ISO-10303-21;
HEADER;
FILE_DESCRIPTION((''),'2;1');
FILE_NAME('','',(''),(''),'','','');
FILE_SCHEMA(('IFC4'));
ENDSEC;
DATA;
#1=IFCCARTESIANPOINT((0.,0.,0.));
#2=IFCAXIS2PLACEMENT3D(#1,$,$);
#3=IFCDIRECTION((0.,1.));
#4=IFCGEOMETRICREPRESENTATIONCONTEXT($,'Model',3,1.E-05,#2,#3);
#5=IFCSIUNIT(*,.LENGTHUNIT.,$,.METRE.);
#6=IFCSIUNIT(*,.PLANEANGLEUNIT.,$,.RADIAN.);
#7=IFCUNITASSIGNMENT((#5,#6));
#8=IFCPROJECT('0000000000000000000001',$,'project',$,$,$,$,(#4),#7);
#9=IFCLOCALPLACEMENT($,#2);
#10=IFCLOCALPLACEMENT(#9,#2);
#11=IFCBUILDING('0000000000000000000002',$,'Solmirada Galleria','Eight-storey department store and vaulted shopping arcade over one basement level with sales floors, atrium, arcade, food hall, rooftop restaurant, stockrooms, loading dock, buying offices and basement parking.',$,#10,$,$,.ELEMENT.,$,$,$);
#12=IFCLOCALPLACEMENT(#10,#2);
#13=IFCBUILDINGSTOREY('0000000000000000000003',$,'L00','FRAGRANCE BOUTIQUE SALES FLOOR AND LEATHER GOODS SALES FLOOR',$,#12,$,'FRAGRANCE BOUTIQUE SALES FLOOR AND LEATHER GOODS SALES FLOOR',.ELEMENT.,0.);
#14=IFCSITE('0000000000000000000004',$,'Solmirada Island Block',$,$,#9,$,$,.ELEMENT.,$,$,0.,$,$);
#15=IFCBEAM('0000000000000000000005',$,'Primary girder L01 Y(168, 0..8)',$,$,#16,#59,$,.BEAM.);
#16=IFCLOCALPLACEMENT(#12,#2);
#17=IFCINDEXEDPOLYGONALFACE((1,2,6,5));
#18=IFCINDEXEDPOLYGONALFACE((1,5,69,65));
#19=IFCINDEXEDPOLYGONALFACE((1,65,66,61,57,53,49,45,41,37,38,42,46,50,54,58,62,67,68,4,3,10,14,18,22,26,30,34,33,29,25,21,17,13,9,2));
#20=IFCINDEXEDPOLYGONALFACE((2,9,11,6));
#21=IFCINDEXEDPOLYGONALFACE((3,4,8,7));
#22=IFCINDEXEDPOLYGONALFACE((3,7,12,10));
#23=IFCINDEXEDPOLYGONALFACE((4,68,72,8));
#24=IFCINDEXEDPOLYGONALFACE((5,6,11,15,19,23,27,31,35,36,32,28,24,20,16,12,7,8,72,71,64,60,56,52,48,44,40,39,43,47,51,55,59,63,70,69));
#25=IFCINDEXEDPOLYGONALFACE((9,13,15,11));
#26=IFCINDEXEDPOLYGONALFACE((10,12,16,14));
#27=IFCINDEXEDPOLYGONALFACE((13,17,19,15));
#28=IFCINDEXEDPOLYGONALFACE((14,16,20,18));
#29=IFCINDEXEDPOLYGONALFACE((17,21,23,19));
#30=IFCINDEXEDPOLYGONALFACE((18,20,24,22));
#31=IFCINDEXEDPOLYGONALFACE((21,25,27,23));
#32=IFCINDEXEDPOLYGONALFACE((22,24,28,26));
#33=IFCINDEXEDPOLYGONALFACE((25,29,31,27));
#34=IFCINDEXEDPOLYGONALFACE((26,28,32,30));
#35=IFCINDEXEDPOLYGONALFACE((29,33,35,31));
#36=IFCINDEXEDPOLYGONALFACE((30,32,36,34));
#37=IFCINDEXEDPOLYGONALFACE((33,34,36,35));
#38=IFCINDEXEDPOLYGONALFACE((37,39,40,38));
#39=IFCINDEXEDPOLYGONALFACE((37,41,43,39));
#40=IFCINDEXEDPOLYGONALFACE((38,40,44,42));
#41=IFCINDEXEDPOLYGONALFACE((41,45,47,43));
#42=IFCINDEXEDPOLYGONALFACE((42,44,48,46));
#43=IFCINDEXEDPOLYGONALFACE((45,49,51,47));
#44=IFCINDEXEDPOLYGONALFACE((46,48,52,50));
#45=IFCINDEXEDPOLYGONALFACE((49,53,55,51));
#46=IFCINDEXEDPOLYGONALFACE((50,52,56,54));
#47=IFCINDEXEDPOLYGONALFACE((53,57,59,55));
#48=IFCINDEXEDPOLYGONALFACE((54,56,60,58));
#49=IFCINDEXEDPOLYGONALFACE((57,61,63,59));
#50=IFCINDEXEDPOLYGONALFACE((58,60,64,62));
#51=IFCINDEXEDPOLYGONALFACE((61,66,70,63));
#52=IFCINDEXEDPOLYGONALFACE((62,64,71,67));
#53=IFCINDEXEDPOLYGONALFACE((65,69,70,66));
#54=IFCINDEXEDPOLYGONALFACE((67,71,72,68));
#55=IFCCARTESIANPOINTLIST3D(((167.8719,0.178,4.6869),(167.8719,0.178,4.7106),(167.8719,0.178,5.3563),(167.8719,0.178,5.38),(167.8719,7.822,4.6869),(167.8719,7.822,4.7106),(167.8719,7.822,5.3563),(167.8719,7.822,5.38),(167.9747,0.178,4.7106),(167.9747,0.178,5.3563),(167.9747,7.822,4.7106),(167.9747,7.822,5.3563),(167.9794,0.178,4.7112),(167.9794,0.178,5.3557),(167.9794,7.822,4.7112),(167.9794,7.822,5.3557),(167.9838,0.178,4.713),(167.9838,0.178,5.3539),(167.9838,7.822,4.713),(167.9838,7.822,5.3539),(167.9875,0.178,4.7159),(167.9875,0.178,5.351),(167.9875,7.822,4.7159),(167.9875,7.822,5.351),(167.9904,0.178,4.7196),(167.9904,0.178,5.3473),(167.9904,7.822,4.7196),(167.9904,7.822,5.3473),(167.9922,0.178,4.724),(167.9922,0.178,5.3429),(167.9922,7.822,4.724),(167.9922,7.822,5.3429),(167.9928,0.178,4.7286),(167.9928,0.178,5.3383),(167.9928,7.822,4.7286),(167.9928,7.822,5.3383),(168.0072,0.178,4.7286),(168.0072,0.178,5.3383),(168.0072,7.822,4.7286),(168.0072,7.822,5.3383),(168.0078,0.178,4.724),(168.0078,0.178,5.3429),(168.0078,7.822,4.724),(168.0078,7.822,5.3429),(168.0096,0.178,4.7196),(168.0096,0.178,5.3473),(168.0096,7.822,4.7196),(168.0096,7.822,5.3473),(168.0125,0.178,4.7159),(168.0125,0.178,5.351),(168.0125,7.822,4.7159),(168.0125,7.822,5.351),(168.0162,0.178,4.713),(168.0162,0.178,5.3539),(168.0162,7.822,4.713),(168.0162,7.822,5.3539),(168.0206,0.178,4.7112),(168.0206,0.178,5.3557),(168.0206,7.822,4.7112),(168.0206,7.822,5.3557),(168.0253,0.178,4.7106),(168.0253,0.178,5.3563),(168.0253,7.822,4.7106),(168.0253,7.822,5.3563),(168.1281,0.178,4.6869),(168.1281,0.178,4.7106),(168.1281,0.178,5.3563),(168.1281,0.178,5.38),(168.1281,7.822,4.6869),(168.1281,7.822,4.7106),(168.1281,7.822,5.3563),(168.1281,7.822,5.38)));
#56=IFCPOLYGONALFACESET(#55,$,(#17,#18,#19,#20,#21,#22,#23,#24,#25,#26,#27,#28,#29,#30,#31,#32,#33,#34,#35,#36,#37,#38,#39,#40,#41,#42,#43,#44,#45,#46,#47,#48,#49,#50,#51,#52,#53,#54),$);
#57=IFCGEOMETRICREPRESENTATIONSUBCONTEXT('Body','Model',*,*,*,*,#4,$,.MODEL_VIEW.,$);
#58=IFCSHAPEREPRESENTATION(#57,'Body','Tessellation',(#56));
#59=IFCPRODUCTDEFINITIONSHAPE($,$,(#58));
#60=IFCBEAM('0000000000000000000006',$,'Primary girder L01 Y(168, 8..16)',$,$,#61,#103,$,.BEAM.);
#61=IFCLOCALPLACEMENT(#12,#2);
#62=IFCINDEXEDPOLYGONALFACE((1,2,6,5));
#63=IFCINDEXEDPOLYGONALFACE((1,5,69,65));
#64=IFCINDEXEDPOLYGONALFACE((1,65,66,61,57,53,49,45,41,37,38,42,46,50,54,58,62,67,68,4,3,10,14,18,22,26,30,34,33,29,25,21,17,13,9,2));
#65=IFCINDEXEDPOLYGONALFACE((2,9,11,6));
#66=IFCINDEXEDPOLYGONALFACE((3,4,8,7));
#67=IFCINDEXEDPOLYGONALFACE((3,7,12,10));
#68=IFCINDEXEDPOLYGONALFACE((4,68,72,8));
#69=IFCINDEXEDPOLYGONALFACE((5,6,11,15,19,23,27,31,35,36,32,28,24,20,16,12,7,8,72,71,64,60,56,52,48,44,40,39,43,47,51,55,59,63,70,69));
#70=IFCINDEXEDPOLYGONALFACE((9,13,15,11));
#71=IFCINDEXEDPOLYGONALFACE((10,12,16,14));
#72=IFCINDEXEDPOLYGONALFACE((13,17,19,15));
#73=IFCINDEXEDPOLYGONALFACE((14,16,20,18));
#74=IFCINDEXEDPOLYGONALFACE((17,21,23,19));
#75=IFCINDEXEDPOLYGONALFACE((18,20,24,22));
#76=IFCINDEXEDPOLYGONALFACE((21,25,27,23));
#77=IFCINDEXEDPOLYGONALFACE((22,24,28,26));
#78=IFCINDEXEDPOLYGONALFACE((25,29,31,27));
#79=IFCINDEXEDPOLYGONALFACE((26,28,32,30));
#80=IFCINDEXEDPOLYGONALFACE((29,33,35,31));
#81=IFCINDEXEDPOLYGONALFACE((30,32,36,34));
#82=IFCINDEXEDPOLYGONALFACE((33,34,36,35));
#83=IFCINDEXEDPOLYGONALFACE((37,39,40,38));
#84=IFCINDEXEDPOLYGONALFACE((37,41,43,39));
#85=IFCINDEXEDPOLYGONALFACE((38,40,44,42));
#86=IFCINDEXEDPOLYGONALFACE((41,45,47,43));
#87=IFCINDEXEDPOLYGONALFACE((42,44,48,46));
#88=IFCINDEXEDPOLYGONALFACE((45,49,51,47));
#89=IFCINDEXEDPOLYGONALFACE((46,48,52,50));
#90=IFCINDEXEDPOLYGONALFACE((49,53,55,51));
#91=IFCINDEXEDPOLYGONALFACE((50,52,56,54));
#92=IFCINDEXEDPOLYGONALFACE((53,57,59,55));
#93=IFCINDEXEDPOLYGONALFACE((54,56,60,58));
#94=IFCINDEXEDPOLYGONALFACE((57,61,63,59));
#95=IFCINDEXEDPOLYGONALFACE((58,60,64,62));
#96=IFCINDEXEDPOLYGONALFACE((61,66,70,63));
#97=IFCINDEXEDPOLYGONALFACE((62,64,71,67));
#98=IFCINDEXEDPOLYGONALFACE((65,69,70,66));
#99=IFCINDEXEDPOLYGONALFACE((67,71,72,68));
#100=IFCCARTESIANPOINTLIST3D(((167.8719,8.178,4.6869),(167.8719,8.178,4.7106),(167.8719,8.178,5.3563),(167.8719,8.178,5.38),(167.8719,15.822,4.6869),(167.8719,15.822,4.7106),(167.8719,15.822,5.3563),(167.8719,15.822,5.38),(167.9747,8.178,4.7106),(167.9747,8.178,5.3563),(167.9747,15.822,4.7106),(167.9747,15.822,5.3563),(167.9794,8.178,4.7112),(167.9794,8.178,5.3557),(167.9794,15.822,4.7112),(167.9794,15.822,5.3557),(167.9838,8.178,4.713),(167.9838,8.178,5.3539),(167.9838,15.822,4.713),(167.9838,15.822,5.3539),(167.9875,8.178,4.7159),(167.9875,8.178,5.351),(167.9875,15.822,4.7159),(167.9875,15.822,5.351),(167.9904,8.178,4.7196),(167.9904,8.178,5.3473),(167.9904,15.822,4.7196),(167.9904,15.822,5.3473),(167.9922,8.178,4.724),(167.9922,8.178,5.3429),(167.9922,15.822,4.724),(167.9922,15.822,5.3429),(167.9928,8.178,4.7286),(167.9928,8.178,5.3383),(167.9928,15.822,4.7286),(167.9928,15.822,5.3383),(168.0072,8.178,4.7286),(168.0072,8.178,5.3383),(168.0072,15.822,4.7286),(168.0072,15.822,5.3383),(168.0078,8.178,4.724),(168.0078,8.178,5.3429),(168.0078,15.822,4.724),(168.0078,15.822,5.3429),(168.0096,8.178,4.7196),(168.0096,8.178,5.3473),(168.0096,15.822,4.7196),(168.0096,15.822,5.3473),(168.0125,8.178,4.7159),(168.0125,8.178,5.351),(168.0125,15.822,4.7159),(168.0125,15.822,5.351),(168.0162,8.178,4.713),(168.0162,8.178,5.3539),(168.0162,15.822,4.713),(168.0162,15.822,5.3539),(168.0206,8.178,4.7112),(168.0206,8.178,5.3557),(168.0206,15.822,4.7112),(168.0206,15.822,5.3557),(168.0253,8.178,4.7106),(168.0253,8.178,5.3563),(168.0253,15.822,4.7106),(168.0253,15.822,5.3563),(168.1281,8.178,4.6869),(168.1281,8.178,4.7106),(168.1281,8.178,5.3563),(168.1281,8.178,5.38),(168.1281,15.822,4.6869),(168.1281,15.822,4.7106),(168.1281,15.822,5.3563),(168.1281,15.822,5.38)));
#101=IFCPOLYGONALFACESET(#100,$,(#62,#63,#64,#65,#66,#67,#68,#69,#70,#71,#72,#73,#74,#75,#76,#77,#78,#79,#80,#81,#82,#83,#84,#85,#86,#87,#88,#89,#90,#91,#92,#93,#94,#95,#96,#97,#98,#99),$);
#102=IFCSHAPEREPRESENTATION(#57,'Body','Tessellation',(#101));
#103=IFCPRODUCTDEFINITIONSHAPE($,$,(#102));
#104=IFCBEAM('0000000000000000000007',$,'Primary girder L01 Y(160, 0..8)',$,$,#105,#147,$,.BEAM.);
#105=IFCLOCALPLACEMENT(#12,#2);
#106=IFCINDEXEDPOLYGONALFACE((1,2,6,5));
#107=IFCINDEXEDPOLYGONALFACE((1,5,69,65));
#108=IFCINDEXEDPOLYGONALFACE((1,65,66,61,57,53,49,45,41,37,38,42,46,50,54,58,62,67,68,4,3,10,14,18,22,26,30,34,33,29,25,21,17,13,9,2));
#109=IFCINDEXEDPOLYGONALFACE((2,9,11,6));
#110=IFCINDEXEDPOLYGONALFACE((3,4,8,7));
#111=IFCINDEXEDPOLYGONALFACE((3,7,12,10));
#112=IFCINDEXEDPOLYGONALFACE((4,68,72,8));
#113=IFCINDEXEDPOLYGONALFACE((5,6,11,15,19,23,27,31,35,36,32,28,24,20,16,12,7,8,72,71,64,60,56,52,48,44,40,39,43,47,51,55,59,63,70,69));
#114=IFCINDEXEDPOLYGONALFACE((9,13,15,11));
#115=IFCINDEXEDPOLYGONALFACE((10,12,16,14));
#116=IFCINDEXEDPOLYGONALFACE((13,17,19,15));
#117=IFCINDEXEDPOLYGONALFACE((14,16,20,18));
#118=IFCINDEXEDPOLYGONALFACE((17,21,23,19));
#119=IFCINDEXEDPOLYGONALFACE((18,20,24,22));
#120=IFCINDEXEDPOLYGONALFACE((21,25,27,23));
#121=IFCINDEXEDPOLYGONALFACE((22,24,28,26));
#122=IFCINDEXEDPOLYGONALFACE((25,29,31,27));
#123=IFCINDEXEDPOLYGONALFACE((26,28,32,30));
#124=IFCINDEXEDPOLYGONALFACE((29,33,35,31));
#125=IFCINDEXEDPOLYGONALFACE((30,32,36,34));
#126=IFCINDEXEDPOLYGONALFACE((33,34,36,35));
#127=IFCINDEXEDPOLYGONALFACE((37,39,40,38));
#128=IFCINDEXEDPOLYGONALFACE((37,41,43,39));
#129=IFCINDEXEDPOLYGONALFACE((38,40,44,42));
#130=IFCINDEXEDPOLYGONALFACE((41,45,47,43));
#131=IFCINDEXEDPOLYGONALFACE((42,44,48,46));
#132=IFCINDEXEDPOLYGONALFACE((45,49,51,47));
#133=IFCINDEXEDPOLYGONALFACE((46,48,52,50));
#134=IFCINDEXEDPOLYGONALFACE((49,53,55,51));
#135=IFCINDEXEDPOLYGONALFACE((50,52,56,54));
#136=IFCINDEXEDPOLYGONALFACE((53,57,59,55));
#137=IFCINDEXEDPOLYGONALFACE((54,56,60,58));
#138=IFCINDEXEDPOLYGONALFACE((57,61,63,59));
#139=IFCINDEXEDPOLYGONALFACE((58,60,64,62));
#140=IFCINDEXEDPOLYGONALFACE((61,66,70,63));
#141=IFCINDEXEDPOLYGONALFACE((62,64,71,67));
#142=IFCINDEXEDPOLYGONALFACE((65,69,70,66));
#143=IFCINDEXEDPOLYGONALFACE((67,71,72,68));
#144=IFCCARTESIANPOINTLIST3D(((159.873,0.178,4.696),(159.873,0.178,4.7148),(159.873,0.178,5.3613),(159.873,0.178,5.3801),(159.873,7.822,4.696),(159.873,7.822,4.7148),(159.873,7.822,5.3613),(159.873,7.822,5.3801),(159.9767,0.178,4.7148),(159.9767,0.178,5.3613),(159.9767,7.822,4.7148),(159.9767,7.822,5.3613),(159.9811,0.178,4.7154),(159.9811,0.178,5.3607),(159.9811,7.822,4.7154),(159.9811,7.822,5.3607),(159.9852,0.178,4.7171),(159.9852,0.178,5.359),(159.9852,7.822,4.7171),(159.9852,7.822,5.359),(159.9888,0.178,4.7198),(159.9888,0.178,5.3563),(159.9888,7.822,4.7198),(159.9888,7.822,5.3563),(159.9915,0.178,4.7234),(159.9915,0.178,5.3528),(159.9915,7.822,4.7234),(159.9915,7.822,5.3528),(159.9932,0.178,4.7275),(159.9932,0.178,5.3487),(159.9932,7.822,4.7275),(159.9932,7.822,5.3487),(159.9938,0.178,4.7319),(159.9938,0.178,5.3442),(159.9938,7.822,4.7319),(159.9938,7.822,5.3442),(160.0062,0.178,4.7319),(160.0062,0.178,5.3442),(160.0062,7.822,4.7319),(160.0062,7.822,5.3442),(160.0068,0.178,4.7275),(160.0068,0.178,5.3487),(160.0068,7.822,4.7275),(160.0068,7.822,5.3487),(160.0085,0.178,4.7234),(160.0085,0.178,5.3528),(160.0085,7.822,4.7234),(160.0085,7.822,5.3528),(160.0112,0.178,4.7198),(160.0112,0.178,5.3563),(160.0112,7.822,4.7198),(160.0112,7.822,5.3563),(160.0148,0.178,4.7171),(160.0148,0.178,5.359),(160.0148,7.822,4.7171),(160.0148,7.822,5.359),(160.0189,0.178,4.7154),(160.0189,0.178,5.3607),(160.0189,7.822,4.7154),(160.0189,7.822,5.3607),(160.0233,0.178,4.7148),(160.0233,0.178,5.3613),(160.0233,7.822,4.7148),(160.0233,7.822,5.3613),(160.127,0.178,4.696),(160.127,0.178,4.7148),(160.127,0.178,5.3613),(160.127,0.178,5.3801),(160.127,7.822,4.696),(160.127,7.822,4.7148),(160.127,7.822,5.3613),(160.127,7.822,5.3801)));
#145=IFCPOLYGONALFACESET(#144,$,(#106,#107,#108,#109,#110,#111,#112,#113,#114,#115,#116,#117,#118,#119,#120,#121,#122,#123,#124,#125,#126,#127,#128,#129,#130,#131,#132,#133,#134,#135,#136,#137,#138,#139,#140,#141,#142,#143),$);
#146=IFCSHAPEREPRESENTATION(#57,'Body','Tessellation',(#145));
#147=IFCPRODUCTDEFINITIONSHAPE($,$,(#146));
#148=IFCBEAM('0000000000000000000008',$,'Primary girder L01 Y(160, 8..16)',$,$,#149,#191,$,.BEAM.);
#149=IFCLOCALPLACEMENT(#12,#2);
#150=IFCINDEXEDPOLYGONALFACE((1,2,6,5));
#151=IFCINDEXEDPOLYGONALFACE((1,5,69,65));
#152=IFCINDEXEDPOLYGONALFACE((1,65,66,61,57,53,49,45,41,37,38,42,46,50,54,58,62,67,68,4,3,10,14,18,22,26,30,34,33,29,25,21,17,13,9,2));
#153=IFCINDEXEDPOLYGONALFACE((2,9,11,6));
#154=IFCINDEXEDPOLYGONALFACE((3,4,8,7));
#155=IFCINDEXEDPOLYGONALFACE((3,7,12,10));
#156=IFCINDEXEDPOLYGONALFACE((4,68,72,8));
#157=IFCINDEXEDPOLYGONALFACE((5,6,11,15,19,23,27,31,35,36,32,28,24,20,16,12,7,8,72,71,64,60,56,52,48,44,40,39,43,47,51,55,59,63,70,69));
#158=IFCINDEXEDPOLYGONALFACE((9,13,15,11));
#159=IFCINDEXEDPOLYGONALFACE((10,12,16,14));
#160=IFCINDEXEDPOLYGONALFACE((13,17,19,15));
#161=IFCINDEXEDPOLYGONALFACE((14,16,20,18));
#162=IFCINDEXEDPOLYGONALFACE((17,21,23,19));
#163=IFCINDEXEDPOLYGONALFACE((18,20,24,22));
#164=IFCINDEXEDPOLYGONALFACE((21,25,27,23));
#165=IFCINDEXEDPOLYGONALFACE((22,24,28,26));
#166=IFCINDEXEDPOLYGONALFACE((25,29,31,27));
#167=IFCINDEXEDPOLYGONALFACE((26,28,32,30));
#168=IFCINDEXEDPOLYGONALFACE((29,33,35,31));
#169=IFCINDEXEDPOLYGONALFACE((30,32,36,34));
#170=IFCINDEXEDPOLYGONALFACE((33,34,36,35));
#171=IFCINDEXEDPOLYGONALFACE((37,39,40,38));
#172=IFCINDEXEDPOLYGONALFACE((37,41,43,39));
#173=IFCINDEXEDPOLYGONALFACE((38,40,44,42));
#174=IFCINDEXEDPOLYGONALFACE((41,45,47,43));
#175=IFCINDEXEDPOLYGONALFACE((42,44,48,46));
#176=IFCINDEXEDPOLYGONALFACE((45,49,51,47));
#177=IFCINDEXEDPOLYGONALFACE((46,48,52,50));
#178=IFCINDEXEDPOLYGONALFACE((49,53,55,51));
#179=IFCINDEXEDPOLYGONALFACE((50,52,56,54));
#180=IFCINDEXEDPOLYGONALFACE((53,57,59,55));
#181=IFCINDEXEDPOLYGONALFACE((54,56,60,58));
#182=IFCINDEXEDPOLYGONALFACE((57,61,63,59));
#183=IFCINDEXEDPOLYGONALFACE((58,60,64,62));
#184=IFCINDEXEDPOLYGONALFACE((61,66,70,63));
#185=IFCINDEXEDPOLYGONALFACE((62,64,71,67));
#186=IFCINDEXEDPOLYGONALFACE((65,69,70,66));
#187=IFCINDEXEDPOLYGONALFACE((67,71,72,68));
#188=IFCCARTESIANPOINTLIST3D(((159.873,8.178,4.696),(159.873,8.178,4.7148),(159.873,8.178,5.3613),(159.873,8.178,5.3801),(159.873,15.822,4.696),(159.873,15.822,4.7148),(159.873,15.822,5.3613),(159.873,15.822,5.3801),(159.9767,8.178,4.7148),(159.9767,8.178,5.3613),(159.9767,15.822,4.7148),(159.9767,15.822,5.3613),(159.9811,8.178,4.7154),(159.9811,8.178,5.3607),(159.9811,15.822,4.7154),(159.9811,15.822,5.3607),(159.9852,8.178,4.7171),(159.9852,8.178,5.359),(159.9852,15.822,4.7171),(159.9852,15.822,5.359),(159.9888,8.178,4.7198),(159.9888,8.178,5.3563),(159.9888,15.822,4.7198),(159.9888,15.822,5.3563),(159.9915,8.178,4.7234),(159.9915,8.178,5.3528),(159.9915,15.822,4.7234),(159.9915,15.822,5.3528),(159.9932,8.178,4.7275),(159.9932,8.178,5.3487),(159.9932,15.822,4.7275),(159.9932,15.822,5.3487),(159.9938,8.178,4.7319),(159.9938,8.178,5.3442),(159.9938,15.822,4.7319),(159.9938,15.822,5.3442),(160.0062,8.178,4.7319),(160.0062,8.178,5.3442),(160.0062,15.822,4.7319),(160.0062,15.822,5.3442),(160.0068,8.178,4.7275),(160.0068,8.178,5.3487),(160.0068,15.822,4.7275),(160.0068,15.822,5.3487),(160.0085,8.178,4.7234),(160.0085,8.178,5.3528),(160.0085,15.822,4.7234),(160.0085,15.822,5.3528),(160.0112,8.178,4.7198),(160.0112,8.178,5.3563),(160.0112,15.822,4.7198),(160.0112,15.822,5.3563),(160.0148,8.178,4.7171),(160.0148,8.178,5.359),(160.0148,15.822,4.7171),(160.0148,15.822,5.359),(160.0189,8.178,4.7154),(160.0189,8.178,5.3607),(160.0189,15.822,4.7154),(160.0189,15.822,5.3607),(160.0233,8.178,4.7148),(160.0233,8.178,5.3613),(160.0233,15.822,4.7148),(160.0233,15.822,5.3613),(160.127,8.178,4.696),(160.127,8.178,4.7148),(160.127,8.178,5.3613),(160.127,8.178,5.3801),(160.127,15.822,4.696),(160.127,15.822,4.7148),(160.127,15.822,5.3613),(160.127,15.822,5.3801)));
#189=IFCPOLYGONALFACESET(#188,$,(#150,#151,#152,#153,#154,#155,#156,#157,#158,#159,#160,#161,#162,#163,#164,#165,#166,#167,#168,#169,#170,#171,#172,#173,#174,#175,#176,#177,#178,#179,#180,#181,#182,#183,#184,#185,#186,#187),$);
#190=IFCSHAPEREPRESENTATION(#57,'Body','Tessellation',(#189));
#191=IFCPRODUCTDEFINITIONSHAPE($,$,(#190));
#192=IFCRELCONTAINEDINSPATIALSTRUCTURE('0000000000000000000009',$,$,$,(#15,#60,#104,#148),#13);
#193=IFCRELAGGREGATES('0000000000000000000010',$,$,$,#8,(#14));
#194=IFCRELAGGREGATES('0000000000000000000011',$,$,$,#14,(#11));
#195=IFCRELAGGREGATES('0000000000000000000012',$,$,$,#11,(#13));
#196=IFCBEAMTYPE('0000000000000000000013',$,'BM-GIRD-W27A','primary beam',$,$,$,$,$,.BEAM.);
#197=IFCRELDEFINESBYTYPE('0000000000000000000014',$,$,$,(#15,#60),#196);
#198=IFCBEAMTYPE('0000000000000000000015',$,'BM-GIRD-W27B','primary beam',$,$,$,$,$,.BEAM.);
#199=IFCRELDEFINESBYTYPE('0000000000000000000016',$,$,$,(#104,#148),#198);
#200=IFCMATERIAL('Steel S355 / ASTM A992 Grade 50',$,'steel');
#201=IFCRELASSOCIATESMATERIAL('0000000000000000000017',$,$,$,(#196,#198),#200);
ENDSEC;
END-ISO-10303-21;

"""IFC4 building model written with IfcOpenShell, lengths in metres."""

from ifc_helpers import new_model, si_unit, direction, frame, origin, origin_2d, place, context, subcontext, project, spatial, i_section, extrude, material, material_profile, profile_set, type_object, element, save


model = new_model("IFC4")

# Units and contexts
model_context = context("Model", 3, precision=1e-05, world=origin(), true_north=direction((0.0, 1.0)))
body_context = subcontext(model_context, "Body", "Model", "MODEL_VIEW")
ifc_project = project(units=[si_unit("LENGTHUNIT", "METRE"), si_unit("PLANEANGLEUNIT", "RADIAN")], contexts=[model_context])

# Site, building, storey
site_placement = place(None, origin())
site = spatial("IfcSite", under=ifc_project, at=site_placement, Name="Solmirada Island Block", CompositionType="ELEMENT", RefElevation=0.0)
building_placement = place(site_placement, origin())
building = spatial("IfcBuilding", under=site, at=building_placement, Name="Solmirada Galleria", Description="Eight-storey department store and vaulted shopping arcade over one basement level with sales floors, atrium, arcade, food hall, rooftop restaurant, stockrooms, loading dock, buying offices and basement parking.", CompositionType="ELEMENT")
storey_placement = place(building_placement, origin())
storey = spatial("IfcBuildingStorey", under=building, at=storey_placement, Name="L00", Description="FRAGRANCE BOUTIQUE SALES FLOOR AND LEATHER GOODS SALES FLOOR", LongName="FRAGRANCE BOUTIQUE SALES FLOOR AND LEATHER GOODS SALES FLOOR", CompositionType="ELEMENT", Elevation=0.0)

# Beams
ifc_material_1 = material(Name="Steel S355 / ASTM A992 Grade 50", Category="steel")
ifc_material_profile_1 = material_profile(ifc_material_1, i_section(OverallWidth=0.2561, OverallDepth=0.6931, WebThickness=0.0144, FlangeThickness=0.0237, FilletRadius=0.0181, at=origin_2d()), Name="W27X114")
ifc_profile_set_1 = profile_set([ifc_material_profile_1], Name="Steel S355 / ASTM A992 Grade 50")
beam_type_1 = type_object("IfcBeamType", Name="BM-GIRD-W27A", Description="primary beam", PredefinedType="BEAM", material=ifc_profile_set_1)
for number, where, z_axis, x_axis, name in (
    (1, (168.0, 0.178, 5.0334), (0.0, 1.0, 0.0), (-1.0, 0.0, 0.0), "Primary girder L01 Y(168, 0..8)"),
    (2, (168.0, 8.178, 5.0334), (0.0, 1.0, 0.0), (-1.0, 0.0, 0.0), "Primary girder L01 Y(168, 8..16)"),
):
    element("IfcBeam", number, at=place(storey_placement, frame(where, z_axis=z_axis, x_axis=x_axis)), inside=storey, type_object=beam_type_1, Name=name, PredefinedType="BEAM", context=body_context, shape_type="SweptSolid", body=[
        extrude(i_section(OverallWidth=0.2561, OverallDepth=0.6931, WebThickness=0.0144, FlangeThickness=0.0237, FilletRadius=0.0181, at=origin_2d()), origin(), (0.0, 0.0, 1.0), 7.644),
    ])
ifc_material_profile_2 = material_profile(ifc_material_1, i_section(OverallWidth=0.2539, OverallDepth=0.6841, WebThickness=0.0125, FlangeThickness=0.0188, FilletRadius=0.0171, at=origin_2d()), Name="W27X94")
ifc_profile_set_2 = profile_set([ifc_material_profile_2], Name="Steel S355 / ASTM A992 Grade 50")
beam_type_2 = type_object("IfcBeamType", Name="BM-GIRD-W27B", Description="primary beam", PredefinedType="BEAM", material=ifc_profile_set_2)
for number, where, z_axis, x_axis, name in (
    (3, (160.0, 0.178, 5.0381), (0.0, 1.0, 0.0), (-1.0, 0.0, 0.0), "Primary girder L01 Y(160, 0..8)"),
    (4, (160.0, 8.178, 5.0381), (0.0, 1.0, 0.0), (-1.0, 0.0, 0.0), "Primary girder L01 Y(160, 8..16)"),
):
    element("IfcBeam", number, at=place(storey_placement, frame(where, z_axis=z_axis, x_axis=x_axis)), inside=storey, type_object=beam_type_2, Name=name, PredefinedType="BEAM", context=body_context, shape_type="SweptSolid", body=[
        extrude(i_section(OverallWidth=0.2539, OverallDepth=0.6841, WebThickness=0.0125, FlangeThickness=0.0188, FilletRadius=0.0171, at=origin_2d()), origin(), (0.0, 0.0, 1.0), 7.644),
    ])

save(model, "model.ifc")
